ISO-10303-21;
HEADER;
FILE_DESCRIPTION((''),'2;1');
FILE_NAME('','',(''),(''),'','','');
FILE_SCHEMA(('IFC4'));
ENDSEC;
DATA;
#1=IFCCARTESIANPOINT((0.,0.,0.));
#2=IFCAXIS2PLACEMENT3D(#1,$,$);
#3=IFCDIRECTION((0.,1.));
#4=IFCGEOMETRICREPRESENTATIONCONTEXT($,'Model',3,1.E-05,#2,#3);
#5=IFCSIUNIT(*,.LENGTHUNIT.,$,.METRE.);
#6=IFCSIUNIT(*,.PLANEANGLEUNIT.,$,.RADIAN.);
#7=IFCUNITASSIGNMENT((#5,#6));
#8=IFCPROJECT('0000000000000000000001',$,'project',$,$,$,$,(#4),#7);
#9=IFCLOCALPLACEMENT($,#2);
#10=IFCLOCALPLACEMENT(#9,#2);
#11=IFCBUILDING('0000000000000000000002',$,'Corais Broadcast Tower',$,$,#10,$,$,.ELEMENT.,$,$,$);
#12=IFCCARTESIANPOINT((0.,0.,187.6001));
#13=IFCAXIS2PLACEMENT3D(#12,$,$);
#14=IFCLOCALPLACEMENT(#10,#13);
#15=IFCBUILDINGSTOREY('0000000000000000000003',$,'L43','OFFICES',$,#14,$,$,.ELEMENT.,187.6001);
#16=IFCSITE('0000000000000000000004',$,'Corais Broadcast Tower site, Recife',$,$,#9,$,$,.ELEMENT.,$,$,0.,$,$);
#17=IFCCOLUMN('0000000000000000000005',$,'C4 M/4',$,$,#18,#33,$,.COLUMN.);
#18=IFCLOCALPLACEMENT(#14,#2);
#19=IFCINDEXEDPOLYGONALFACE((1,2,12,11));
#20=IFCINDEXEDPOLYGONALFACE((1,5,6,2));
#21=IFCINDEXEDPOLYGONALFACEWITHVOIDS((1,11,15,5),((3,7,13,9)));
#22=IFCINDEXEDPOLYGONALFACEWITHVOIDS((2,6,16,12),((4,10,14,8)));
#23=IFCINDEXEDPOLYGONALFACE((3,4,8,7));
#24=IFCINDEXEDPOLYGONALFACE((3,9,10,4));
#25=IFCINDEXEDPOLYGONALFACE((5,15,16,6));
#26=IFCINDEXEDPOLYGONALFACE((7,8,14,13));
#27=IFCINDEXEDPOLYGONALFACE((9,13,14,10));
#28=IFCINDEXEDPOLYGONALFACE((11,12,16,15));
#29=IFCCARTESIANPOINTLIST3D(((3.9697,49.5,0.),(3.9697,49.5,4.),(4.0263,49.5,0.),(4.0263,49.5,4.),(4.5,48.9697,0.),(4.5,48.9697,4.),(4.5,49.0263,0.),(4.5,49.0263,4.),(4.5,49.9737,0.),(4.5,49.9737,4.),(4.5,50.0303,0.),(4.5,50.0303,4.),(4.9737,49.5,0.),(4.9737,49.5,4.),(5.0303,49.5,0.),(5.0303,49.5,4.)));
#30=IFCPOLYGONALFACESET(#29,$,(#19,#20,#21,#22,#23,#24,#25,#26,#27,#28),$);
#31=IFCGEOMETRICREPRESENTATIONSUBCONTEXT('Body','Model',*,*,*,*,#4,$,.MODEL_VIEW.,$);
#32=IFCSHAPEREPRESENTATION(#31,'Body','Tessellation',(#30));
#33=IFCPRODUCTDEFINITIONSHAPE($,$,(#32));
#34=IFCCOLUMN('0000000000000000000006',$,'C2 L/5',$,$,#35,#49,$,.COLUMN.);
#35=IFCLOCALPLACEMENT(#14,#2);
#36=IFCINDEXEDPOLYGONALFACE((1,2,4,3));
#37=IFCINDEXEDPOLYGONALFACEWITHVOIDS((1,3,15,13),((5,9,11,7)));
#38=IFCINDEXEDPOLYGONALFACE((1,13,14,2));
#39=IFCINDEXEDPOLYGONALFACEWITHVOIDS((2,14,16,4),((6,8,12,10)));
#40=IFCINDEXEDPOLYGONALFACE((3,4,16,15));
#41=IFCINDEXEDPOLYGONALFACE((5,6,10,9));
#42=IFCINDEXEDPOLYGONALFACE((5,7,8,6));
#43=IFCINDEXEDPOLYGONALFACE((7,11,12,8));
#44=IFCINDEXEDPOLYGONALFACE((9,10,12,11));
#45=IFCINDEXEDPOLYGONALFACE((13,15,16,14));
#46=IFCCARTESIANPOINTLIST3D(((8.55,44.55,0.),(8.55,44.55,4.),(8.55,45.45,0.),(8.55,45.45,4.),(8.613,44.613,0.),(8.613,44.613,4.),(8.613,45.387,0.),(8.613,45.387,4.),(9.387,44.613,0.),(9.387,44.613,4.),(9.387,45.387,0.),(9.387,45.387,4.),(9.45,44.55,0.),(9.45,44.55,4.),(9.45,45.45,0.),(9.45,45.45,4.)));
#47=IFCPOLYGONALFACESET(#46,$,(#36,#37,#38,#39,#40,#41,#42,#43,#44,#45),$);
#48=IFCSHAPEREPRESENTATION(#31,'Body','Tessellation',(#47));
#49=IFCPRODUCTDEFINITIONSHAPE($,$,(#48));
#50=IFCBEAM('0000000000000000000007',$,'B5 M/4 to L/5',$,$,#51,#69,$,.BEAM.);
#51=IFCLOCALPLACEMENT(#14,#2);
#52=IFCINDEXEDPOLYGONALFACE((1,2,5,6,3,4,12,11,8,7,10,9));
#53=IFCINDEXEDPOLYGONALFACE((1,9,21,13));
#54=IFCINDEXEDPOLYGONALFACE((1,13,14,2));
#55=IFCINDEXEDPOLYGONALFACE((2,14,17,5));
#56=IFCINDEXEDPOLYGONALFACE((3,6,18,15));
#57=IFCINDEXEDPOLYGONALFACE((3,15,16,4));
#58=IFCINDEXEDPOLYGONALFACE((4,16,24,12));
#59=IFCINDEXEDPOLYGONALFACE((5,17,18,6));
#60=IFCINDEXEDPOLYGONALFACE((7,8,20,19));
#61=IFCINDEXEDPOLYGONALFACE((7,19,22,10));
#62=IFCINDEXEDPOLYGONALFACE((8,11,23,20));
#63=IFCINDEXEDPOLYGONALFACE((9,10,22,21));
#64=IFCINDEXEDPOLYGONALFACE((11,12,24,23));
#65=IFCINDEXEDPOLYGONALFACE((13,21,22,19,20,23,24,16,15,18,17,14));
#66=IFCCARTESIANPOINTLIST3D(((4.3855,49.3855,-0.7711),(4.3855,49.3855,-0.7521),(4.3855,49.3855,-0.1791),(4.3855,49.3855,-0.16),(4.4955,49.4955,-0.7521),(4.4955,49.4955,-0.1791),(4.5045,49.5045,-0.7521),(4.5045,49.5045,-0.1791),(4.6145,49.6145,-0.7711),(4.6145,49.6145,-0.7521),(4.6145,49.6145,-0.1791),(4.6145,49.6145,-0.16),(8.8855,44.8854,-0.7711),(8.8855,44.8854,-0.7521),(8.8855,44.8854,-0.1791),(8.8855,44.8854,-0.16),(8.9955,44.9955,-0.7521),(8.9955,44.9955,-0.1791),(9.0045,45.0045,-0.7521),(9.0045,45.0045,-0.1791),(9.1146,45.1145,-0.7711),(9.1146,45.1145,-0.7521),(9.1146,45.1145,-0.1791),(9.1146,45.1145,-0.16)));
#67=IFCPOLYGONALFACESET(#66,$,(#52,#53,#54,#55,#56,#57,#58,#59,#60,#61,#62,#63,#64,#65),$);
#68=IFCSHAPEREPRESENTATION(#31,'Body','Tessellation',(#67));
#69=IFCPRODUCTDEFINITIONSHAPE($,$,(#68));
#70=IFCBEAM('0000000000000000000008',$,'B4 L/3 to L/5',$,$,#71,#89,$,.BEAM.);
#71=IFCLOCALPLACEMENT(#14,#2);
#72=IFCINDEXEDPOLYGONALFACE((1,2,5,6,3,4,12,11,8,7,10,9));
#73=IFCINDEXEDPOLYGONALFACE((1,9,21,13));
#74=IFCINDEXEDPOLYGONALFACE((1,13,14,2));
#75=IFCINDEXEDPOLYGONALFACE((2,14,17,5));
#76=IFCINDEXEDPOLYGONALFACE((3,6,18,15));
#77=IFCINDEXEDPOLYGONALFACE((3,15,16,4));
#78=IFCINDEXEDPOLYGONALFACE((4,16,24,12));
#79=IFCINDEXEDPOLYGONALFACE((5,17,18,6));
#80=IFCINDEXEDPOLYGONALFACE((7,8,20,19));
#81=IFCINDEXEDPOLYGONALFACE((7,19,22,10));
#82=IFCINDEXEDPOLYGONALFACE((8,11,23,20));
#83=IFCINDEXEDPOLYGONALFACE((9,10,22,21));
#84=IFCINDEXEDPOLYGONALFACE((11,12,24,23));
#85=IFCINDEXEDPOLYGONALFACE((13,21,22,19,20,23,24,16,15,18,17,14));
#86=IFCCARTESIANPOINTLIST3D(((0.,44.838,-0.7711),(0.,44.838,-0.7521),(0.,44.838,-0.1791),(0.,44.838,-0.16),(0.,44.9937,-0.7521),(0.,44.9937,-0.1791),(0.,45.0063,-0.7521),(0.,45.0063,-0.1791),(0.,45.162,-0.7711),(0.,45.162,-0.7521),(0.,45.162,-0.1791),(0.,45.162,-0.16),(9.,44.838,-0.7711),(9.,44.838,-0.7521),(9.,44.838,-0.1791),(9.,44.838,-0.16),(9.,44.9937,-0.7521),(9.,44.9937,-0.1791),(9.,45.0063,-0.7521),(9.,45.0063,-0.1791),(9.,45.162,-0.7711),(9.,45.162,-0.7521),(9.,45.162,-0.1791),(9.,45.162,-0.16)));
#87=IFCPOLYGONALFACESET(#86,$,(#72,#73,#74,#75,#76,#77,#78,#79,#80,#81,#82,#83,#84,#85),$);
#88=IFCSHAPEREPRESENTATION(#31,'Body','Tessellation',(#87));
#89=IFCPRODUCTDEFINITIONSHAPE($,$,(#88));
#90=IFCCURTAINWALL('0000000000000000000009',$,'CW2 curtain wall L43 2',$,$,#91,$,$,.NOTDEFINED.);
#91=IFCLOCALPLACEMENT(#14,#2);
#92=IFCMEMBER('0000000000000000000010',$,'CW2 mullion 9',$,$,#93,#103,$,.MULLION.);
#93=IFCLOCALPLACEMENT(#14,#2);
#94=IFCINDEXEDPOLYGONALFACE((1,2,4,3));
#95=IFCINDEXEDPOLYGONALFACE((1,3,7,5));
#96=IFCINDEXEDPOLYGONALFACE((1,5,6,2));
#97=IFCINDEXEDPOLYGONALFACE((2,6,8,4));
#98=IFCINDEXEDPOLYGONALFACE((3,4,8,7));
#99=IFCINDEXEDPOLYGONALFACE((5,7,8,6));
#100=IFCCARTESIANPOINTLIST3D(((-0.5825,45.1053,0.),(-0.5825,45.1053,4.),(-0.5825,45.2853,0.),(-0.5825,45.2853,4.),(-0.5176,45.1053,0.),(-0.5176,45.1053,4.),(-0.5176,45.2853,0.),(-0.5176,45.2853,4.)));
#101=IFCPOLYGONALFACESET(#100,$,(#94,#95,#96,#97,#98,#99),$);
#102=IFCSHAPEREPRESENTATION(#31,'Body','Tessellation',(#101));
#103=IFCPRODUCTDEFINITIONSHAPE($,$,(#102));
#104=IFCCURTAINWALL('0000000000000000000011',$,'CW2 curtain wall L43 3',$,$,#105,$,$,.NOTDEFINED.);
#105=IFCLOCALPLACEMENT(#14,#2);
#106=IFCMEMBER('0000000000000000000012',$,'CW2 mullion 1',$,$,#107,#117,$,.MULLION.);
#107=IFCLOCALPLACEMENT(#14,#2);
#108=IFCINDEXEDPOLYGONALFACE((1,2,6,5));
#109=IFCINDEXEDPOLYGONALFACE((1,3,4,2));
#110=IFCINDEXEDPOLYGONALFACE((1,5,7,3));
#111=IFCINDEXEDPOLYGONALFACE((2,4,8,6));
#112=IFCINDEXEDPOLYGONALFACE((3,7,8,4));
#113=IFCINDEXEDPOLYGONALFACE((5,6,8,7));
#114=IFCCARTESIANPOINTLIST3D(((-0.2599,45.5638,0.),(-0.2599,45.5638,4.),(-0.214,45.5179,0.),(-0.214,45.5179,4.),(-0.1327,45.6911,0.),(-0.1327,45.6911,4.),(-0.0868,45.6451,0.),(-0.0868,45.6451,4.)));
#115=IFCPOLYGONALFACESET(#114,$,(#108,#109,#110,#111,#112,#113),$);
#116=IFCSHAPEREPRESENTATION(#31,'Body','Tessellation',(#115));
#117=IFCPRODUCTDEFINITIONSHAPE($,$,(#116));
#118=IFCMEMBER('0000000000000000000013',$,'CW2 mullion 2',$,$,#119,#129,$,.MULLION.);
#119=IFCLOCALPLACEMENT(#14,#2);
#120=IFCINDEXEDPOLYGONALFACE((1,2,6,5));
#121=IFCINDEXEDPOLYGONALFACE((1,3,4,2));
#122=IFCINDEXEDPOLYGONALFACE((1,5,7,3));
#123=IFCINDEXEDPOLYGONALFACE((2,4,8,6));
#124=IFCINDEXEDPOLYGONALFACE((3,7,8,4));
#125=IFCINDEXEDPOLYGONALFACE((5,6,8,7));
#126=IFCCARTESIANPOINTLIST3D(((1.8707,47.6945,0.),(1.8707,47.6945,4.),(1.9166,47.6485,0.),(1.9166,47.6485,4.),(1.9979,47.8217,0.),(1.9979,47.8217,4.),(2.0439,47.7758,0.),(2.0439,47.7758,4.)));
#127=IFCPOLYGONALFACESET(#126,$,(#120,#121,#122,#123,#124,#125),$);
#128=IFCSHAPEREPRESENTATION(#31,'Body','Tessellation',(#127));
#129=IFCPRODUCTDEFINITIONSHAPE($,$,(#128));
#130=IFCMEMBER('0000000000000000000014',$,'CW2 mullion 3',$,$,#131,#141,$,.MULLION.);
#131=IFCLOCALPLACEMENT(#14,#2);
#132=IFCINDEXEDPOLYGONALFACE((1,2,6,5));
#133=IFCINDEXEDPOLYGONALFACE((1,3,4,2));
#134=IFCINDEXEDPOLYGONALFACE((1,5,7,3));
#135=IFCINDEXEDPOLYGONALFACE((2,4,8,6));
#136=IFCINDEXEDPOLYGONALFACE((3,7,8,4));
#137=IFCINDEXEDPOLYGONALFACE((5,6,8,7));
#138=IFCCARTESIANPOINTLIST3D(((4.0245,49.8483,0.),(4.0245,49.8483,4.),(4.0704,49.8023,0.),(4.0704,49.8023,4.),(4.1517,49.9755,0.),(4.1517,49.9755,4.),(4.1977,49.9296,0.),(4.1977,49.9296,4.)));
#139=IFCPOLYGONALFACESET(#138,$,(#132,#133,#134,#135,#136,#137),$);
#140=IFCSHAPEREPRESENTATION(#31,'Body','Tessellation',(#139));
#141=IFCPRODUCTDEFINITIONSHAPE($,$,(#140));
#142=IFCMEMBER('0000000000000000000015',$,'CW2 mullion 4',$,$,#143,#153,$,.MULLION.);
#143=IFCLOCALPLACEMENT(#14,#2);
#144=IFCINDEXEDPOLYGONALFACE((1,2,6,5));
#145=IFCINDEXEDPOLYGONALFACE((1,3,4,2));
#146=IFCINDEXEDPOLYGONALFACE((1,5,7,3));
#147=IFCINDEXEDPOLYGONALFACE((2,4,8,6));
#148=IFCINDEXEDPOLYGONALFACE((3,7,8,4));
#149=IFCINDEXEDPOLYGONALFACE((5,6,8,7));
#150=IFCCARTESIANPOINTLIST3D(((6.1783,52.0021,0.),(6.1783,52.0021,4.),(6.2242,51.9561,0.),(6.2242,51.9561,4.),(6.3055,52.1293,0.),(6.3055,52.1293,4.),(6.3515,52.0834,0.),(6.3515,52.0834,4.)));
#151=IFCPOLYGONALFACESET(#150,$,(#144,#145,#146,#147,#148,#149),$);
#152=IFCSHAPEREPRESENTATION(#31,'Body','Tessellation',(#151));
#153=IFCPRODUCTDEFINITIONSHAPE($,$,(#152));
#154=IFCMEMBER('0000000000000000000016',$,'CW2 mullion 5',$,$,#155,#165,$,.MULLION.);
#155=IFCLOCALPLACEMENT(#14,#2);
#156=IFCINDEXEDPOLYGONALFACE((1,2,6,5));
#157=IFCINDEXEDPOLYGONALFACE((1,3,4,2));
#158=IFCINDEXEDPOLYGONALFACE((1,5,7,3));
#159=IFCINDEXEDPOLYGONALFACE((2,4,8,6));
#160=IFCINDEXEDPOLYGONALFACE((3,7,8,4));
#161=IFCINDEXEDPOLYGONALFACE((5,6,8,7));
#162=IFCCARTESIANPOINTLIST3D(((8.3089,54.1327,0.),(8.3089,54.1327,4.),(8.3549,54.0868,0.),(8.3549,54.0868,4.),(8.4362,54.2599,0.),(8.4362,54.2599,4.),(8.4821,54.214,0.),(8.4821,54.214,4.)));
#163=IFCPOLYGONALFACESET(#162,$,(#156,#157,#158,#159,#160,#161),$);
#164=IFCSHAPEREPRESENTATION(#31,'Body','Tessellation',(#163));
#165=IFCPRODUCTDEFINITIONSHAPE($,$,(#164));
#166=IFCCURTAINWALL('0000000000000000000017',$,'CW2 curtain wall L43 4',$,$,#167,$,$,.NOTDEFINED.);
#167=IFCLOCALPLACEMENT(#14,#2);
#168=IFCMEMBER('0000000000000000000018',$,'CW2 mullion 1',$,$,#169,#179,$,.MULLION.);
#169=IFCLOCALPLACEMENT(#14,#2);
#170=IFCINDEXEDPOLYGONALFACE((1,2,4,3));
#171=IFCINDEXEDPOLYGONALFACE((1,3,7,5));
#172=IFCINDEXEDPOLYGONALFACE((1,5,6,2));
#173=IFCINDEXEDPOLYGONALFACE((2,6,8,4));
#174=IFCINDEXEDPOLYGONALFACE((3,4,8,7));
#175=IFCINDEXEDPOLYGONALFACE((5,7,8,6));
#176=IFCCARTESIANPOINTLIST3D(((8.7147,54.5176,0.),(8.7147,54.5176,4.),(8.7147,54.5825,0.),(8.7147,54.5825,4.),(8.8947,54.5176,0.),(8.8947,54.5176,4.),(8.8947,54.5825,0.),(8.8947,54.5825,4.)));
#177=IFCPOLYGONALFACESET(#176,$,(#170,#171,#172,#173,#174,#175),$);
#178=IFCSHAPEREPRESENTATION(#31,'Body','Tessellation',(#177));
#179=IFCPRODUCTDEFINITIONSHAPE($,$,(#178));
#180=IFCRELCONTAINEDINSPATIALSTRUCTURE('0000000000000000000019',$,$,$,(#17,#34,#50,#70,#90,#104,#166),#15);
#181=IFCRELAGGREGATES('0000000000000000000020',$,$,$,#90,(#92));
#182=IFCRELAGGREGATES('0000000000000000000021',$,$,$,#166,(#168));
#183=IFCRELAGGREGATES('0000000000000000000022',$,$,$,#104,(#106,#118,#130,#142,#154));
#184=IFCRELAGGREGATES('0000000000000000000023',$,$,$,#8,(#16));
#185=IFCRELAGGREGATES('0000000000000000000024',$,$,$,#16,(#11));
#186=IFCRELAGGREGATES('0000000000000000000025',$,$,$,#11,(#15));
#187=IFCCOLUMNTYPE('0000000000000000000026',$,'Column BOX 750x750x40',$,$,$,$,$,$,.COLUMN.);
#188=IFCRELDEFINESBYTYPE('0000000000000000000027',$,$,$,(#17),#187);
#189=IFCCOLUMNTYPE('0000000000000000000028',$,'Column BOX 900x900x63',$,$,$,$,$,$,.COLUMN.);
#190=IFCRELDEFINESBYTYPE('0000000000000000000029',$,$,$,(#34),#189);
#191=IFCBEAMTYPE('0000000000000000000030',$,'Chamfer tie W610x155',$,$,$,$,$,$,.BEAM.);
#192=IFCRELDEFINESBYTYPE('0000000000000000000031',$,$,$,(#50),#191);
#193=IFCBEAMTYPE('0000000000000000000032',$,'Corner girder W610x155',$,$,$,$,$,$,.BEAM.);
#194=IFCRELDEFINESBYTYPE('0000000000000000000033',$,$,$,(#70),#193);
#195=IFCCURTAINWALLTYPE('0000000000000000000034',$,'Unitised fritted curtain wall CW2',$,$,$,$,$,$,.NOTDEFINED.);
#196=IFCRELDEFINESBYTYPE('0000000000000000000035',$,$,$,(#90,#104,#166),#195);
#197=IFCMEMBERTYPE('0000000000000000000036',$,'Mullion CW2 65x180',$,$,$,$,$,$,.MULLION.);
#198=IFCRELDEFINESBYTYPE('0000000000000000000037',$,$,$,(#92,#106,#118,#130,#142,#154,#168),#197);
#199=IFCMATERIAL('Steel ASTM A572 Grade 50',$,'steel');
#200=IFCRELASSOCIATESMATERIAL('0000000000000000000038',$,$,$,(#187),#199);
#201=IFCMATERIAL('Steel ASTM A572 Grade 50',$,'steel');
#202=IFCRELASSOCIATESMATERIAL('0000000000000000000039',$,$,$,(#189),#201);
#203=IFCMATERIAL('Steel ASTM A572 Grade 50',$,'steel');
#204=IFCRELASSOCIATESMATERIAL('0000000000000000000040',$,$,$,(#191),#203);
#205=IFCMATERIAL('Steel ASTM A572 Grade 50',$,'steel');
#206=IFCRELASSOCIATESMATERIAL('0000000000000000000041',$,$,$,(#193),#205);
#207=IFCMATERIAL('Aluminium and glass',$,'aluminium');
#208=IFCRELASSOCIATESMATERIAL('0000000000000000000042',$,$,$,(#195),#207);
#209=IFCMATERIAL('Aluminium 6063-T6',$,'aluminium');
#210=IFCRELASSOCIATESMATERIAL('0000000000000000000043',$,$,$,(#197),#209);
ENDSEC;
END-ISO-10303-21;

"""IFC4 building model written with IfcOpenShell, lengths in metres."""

from ifc_helpers import new_model, si_unit, direction, frame, origin, origin_2d, place, context, subcontext, project, spatial, rectangle, hollow_rectangle, i_section, extrude, material, material_profile, profile_set, type_object, element, aggregate, save


model = new_model("IFC4")

# Units and contexts
model_context = context("Model", 3, precision=1e-05, world=origin(), true_north=direction((0.0, 1.0)))
body_context = subcontext(model_context, "Body", "Model", "MODEL_VIEW")
ifc_project = project(units=[si_unit("LENGTHUNIT", "METRE"), si_unit("PLANEANGLEUNIT", "RADIAN")], contexts=[model_context])

# Site, building, storey
site_placement = place(None, origin())
site = spatial("IfcSite", under=ifc_project, at=site_placement, Name="Corais Broadcast Tower site, Recife", CompositionType="ELEMENT", RefElevation=0.0)
building_placement = place(site_placement, origin())
building = spatial("IfcBuilding", under=site, at=building_placement, Name="Corais Broadcast Tower", CompositionType="ELEMENT")
storey_placement = place(building_placement, frame((0.0, 0.0, 187.6001)))
storey = spatial("IfcBuildingStorey", under=building, at=storey_placement, Name="L43", Description="OFFICES", CompositionType="ELEMENT", Elevation=187.6001)

# Columns
ifc_material_1 = material(Name="Steel ASTM A572 Grade 50", Category="steel")
ifc_material_profile_1 = material_profile(ifc_material_1, hollow_rectangle(XDim=0.75, YDim=0.75, WallThickness=0.04, at=origin_2d()), Name="BOX 750x750x40")
ifc_profile_set_1 = profile_set([ifc_material_profile_1], Name="Steel ASTM A572 Grade 50")
column_type_1 = type_object("IfcColumnType", Name="Column BOX 750x750x40", PredefinedType="COLUMN", material=ifc_profile_set_1)
column_1_placement = place(storey_placement, frame((4.5, 49.5, 0.0), z_axis=(0.0, 0.0, 1.0), x_axis=(0.707107, 0.707107, 0.0)))
element("IfcColumn", 1, at=column_1_placement, inside=storey, type_object=column_type_1, Name="C4 M/4", PredefinedType="COLUMN", context=body_context, shape_type="SweptSolid", body=[
    extrude(hollow_rectangle(XDim=0.75, YDim=0.75, WallThickness=0.04, at=origin_2d()), origin(), (0.0, 0.0, 1.0), 4.0),
])
ifc_material_2 = material(Name="Steel ASTM A572 Grade 50", Category="steel")
ifc_material_profile_2 = material_profile(ifc_material_2, hollow_rectangle(XDim=0.8999, YDim=0.8999, WallThickness=0.063, at=origin_2d()), Name="BOX 900x900x63")
ifc_profile_set_2 = profile_set([ifc_material_profile_2], Name="Steel ASTM A572 Grade 50")
column_type_2 = type_object("IfcColumnType", Name="Column BOX 900x900x63", PredefinedType="COLUMN", material=ifc_profile_set_2)
column_2_placement = place(storey_placement, frame((9.0, 45.0, 0.0), z_axis=(0.0, 0.0, 1.0), x_axis=(1.0, 0.0, 0.0)))
element("IfcColumn", 2, at=column_2_placement, inside=storey, type_object=column_type_2, Name="C2 L/5", PredefinedType="COLUMN", context=body_context, shape_type="SweptSolid", body=[
    extrude(hollow_rectangle(XDim=0.8999, YDim=0.8999, WallThickness=0.063, at=origin_2d()), origin(), (0.0, 0.0, 1.0), 4.0),
])

# Beams
ifc_material_3 = material(Name="Steel ASTM A572 Grade 50", Category="steel")
ifc_material_profile_3 = material_profile(ifc_material_3, i_section(OverallWidth=0.324, OverallDepth=0.6111, WebThickness=0.0127, FlangeThickness=0.019, at=origin_2d()), Name="W610x155")
ifc_profile_set_3 = profile_set([ifc_material_profile_3], Name="Steel ASTM A572 Grade 50")
beam_type_1 = type_object("IfcBeamType", Name="Chamfer tie W610x155", PredefinedType="BEAM", material=ifc_profile_set_3)
beam_1_placement = place(storey_placement, frame((4.5, 49.5, -0.4656), z_axis=(0.707107, -0.707107, 0.0), x_axis=(0.707107, 0.707107, 0.0)))
element("IfcBeam", 3, at=beam_1_placement, inside=storey, type_object=beam_type_1, Name="B5 M/4 to L/5", PredefinedType="BEAM", context=body_context, shape_type="SweptSolid", body=[
    extrude(i_section(OverallWidth=0.324, OverallDepth=0.6111, WebThickness=0.0127, FlangeThickness=0.019, at=origin_2d()), origin(), (0.0, 0.0, 1.0), 6.364),
])
ifc_material_4 = material(Name="Steel ASTM A572 Grade 50", Category="steel")
ifc_material_profile_4 = material_profile(ifc_material_4, i_section(OverallWidth=0.324, OverallDepth=0.6111, WebThickness=0.0127, FlangeThickness=0.019, at=origin_2d()), Name="W610x155")
ifc_profile_set_4 = profile_set([ifc_material_profile_4], Name="Steel ASTM A572 Grade 50")
beam_type_2 = type_object("IfcBeamType", Name="Corner girder W610x155", PredefinedType="BEAM", material=ifc_profile_set_4)
beam_2_placement = place(storey_placement, frame((0.0, 45.0, -0.4656), z_axis=(1.0, 0.0, 0.0), x_axis=(0.0, 1.0, 0.0)))
element("IfcBeam", 4, at=beam_2_placement, inside=storey, type_object=beam_type_2, Name="B4 L/3 to L/5", PredefinedType="BEAM", context=body_context, shape_type="SweptSolid", body=[
    extrude(i_section(OverallWidth=0.324, OverallDepth=0.6111, WebThickness=0.0127, FlangeThickness=0.019, at=origin_2d()), origin(), (0.0, 0.0, 1.0), 9.0),
])

# Curtain wall, member
ifc_material_5 = material(Name="Aluminium and glass", Category="aluminium")
curtain_wall_type = type_object("IfcCurtainWallType", Name="Unitised fritted curtain wall CW2", PredefinedType="NOTDEFINED", material=ifc_material_5)
curtain_wall_1_placement = place(storey_placement, origin())
curtain_wall_1 = element("IfcCurtainWall", 5, at=curtain_wall_1_placement, inside=storey, type_object=curtain_wall_type, Name="CW2 curtain wall L43 2", PredefinedType="NOTDEFINED")
ifc_material_6 = material(Name="Aluminium 6063-T6", Category="aluminium")
ifc_material_profile_5 = material_profile(ifc_material_6, rectangle(XDim=0.0649, YDim=0.1799, at=origin_2d()), Name="Mullion CW2 65x180")
ifc_profile_set_5 = profile_set([ifc_material_profile_5], Name="Aluminium 6063-T6")
member_type_1 = type_object("IfcMemberType", Name="Mullion CW2 65x180", PredefinedType="MULLION", material=ifc_profile_set_5)
member_1_placement = place(storey_placement, frame((-0.55, 45.1953, 0.0), z_axis=(0.0, 0.0, 1.0), x_axis=(-1.0, 0.0, 0.0)))
member_1 = element("IfcMember", 6, at=member_1_placement, type_object=member_type_1, Name="CW2 mullion 9", PredefinedType="MULLION", context=body_context, shape_type="SweptSolid", body=[
    extrude(rectangle(XDim=0.0649, YDim=0.1799, at=origin_2d()), origin(), (0.0, 0.0, 1.0), 4.0),
])
aggregate(curtain_wall_1, [member_1])

# Curtain wall, members
curtain_wall_2_placement = place(storey_placement, origin())
curtain_wall_2 = element("IfcCurtainWall", 7, at=curtain_wall_2_placement, inside=storey, type_object=curtain_wall_type, Name="CW2 curtain wall L43 3", PredefinedType="NOTDEFINED")
member_2_placement = place(storey_placement, frame((-0.1733, 45.6045, 0.0), z_axis=(0.0, 0.0, 1.0), x_axis=(-0.707107, 0.707107, 0.0)))
member_2 = element("IfcMember", 8, at=member_2_placement, type_object=member_type_1, Name="CW2 mullion 1", PredefinedType="MULLION", context=body_context, shape_type="SweptSolid", body=[
    extrude(rectangle(XDim=0.0649, YDim=0.1799, at=origin_2d()), origin(), (0.0, 0.0, 1.0), 4.0),
])
member_3_placement = place(storey_placement, frame((1.9573, 47.7351, 0.0), z_axis=(0.0, 0.0, 1.0), x_axis=(-0.707107, 0.707107, 0.0)))
member_3 = element("IfcMember", 9, at=member_3_placement, type_object=member_type_1, Name="CW2 mullion 2", PredefinedType="MULLION", context=body_context, shape_type="SweptSolid", body=[
    extrude(rectangle(XDim=0.0649, YDim=0.1799, at=origin_2d()), origin(), (0.0, 0.0, 1.0), 4.0),
])
member_4_placement = place(storey_placement, frame((4.1111, 49.8889, 0.0), z_axis=(0.0, 0.0, 1.0), x_axis=(-0.707107, 0.707107, 0.0)))
member_4 = element("IfcMember", 10, at=member_4_placement, type_object=member_type_1, Name="CW2 mullion 3", PredefinedType="MULLION", context=body_context, shape_type="SweptSolid", body=[
    extrude(rectangle(XDim=0.0649, YDim=0.1799, at=origin_2d()), origin(), (0.0, 0.0, 1.0), 4.0),
])
member_5_placement = place(storey_placement, frame((6.2649, 52.0427, 0.0), z_axis=(0.0, 0.0, 1.0), x_axis=(-0.707107, 0.707107, 0.0)))
member_5 = element("IfcMember", 11, at=member_5_placement, type_object=member_type_1, Name="CW2 mullion 4", PredefinedType="MULLION", context=body_context, shape_type="SweptSolid", body=[
    extrude(rectangle(XDim=0.0649, YDim=0.1799, at=origin_2d()), origin(), (0.0, 0.0, 1.0), 4.0),
])
member_6_placement = place(storey_placement, frame((8.3955, 54.1733, 0.0), z_axis=(0.0, 0.0, 1.0), x_axis=(-0.707107, 0.707107, 0.0)))
member_6 = element("IfcMember", 12, at=member_6_placement, type_object=member_type_1, Name="CW2 mullion 5", PredefinedType="MULLION", context=body_context, shape_type="SweptSolid", body=[
    extrude(rectangle(XDim=0.0649, YDim=0.1799, at=origin_2d()), origin(), (0.0, 0.0, 1.0), 4.0),
])

# Curtain wall, member
curtain_wall_3_placement = place(storey_placement, origin())
curtain_wall_3 = element("IfcCurtainWall", 13, at=curtain_wall_3_placement, inside=storey, type_object=curtain_wall_type, Name="CW2 curtain wall L43 4", PredefinedType="NOTDEFINED")
member_7_placement = place(storey_placement, frame((8.8047, 54.55, 0.0), z_axis=(0.0, 0.0, 1.0), x_axis=(0.0, 1.0, 0.0)))
member_7 = element("IfcMember", 14, at=member_7_placement, type_object=member_type_1, Name="CW2 mullion 1", PredefinedType="MULLION", context=body_context, shape_type="SweptSolid", body=[
    extrude(rectangle(XDim=0.0649, YDim=0.1799, at=origin_2d()), origin(), (0.0, 0.0, 1.0), 4.0),
])

aggregate(curtain_wall_3, [member_7])

aggregate(curtain_wall_2, [member_2, member_3, member_4, member_5, member_6])

save(model, "model.ifc")
